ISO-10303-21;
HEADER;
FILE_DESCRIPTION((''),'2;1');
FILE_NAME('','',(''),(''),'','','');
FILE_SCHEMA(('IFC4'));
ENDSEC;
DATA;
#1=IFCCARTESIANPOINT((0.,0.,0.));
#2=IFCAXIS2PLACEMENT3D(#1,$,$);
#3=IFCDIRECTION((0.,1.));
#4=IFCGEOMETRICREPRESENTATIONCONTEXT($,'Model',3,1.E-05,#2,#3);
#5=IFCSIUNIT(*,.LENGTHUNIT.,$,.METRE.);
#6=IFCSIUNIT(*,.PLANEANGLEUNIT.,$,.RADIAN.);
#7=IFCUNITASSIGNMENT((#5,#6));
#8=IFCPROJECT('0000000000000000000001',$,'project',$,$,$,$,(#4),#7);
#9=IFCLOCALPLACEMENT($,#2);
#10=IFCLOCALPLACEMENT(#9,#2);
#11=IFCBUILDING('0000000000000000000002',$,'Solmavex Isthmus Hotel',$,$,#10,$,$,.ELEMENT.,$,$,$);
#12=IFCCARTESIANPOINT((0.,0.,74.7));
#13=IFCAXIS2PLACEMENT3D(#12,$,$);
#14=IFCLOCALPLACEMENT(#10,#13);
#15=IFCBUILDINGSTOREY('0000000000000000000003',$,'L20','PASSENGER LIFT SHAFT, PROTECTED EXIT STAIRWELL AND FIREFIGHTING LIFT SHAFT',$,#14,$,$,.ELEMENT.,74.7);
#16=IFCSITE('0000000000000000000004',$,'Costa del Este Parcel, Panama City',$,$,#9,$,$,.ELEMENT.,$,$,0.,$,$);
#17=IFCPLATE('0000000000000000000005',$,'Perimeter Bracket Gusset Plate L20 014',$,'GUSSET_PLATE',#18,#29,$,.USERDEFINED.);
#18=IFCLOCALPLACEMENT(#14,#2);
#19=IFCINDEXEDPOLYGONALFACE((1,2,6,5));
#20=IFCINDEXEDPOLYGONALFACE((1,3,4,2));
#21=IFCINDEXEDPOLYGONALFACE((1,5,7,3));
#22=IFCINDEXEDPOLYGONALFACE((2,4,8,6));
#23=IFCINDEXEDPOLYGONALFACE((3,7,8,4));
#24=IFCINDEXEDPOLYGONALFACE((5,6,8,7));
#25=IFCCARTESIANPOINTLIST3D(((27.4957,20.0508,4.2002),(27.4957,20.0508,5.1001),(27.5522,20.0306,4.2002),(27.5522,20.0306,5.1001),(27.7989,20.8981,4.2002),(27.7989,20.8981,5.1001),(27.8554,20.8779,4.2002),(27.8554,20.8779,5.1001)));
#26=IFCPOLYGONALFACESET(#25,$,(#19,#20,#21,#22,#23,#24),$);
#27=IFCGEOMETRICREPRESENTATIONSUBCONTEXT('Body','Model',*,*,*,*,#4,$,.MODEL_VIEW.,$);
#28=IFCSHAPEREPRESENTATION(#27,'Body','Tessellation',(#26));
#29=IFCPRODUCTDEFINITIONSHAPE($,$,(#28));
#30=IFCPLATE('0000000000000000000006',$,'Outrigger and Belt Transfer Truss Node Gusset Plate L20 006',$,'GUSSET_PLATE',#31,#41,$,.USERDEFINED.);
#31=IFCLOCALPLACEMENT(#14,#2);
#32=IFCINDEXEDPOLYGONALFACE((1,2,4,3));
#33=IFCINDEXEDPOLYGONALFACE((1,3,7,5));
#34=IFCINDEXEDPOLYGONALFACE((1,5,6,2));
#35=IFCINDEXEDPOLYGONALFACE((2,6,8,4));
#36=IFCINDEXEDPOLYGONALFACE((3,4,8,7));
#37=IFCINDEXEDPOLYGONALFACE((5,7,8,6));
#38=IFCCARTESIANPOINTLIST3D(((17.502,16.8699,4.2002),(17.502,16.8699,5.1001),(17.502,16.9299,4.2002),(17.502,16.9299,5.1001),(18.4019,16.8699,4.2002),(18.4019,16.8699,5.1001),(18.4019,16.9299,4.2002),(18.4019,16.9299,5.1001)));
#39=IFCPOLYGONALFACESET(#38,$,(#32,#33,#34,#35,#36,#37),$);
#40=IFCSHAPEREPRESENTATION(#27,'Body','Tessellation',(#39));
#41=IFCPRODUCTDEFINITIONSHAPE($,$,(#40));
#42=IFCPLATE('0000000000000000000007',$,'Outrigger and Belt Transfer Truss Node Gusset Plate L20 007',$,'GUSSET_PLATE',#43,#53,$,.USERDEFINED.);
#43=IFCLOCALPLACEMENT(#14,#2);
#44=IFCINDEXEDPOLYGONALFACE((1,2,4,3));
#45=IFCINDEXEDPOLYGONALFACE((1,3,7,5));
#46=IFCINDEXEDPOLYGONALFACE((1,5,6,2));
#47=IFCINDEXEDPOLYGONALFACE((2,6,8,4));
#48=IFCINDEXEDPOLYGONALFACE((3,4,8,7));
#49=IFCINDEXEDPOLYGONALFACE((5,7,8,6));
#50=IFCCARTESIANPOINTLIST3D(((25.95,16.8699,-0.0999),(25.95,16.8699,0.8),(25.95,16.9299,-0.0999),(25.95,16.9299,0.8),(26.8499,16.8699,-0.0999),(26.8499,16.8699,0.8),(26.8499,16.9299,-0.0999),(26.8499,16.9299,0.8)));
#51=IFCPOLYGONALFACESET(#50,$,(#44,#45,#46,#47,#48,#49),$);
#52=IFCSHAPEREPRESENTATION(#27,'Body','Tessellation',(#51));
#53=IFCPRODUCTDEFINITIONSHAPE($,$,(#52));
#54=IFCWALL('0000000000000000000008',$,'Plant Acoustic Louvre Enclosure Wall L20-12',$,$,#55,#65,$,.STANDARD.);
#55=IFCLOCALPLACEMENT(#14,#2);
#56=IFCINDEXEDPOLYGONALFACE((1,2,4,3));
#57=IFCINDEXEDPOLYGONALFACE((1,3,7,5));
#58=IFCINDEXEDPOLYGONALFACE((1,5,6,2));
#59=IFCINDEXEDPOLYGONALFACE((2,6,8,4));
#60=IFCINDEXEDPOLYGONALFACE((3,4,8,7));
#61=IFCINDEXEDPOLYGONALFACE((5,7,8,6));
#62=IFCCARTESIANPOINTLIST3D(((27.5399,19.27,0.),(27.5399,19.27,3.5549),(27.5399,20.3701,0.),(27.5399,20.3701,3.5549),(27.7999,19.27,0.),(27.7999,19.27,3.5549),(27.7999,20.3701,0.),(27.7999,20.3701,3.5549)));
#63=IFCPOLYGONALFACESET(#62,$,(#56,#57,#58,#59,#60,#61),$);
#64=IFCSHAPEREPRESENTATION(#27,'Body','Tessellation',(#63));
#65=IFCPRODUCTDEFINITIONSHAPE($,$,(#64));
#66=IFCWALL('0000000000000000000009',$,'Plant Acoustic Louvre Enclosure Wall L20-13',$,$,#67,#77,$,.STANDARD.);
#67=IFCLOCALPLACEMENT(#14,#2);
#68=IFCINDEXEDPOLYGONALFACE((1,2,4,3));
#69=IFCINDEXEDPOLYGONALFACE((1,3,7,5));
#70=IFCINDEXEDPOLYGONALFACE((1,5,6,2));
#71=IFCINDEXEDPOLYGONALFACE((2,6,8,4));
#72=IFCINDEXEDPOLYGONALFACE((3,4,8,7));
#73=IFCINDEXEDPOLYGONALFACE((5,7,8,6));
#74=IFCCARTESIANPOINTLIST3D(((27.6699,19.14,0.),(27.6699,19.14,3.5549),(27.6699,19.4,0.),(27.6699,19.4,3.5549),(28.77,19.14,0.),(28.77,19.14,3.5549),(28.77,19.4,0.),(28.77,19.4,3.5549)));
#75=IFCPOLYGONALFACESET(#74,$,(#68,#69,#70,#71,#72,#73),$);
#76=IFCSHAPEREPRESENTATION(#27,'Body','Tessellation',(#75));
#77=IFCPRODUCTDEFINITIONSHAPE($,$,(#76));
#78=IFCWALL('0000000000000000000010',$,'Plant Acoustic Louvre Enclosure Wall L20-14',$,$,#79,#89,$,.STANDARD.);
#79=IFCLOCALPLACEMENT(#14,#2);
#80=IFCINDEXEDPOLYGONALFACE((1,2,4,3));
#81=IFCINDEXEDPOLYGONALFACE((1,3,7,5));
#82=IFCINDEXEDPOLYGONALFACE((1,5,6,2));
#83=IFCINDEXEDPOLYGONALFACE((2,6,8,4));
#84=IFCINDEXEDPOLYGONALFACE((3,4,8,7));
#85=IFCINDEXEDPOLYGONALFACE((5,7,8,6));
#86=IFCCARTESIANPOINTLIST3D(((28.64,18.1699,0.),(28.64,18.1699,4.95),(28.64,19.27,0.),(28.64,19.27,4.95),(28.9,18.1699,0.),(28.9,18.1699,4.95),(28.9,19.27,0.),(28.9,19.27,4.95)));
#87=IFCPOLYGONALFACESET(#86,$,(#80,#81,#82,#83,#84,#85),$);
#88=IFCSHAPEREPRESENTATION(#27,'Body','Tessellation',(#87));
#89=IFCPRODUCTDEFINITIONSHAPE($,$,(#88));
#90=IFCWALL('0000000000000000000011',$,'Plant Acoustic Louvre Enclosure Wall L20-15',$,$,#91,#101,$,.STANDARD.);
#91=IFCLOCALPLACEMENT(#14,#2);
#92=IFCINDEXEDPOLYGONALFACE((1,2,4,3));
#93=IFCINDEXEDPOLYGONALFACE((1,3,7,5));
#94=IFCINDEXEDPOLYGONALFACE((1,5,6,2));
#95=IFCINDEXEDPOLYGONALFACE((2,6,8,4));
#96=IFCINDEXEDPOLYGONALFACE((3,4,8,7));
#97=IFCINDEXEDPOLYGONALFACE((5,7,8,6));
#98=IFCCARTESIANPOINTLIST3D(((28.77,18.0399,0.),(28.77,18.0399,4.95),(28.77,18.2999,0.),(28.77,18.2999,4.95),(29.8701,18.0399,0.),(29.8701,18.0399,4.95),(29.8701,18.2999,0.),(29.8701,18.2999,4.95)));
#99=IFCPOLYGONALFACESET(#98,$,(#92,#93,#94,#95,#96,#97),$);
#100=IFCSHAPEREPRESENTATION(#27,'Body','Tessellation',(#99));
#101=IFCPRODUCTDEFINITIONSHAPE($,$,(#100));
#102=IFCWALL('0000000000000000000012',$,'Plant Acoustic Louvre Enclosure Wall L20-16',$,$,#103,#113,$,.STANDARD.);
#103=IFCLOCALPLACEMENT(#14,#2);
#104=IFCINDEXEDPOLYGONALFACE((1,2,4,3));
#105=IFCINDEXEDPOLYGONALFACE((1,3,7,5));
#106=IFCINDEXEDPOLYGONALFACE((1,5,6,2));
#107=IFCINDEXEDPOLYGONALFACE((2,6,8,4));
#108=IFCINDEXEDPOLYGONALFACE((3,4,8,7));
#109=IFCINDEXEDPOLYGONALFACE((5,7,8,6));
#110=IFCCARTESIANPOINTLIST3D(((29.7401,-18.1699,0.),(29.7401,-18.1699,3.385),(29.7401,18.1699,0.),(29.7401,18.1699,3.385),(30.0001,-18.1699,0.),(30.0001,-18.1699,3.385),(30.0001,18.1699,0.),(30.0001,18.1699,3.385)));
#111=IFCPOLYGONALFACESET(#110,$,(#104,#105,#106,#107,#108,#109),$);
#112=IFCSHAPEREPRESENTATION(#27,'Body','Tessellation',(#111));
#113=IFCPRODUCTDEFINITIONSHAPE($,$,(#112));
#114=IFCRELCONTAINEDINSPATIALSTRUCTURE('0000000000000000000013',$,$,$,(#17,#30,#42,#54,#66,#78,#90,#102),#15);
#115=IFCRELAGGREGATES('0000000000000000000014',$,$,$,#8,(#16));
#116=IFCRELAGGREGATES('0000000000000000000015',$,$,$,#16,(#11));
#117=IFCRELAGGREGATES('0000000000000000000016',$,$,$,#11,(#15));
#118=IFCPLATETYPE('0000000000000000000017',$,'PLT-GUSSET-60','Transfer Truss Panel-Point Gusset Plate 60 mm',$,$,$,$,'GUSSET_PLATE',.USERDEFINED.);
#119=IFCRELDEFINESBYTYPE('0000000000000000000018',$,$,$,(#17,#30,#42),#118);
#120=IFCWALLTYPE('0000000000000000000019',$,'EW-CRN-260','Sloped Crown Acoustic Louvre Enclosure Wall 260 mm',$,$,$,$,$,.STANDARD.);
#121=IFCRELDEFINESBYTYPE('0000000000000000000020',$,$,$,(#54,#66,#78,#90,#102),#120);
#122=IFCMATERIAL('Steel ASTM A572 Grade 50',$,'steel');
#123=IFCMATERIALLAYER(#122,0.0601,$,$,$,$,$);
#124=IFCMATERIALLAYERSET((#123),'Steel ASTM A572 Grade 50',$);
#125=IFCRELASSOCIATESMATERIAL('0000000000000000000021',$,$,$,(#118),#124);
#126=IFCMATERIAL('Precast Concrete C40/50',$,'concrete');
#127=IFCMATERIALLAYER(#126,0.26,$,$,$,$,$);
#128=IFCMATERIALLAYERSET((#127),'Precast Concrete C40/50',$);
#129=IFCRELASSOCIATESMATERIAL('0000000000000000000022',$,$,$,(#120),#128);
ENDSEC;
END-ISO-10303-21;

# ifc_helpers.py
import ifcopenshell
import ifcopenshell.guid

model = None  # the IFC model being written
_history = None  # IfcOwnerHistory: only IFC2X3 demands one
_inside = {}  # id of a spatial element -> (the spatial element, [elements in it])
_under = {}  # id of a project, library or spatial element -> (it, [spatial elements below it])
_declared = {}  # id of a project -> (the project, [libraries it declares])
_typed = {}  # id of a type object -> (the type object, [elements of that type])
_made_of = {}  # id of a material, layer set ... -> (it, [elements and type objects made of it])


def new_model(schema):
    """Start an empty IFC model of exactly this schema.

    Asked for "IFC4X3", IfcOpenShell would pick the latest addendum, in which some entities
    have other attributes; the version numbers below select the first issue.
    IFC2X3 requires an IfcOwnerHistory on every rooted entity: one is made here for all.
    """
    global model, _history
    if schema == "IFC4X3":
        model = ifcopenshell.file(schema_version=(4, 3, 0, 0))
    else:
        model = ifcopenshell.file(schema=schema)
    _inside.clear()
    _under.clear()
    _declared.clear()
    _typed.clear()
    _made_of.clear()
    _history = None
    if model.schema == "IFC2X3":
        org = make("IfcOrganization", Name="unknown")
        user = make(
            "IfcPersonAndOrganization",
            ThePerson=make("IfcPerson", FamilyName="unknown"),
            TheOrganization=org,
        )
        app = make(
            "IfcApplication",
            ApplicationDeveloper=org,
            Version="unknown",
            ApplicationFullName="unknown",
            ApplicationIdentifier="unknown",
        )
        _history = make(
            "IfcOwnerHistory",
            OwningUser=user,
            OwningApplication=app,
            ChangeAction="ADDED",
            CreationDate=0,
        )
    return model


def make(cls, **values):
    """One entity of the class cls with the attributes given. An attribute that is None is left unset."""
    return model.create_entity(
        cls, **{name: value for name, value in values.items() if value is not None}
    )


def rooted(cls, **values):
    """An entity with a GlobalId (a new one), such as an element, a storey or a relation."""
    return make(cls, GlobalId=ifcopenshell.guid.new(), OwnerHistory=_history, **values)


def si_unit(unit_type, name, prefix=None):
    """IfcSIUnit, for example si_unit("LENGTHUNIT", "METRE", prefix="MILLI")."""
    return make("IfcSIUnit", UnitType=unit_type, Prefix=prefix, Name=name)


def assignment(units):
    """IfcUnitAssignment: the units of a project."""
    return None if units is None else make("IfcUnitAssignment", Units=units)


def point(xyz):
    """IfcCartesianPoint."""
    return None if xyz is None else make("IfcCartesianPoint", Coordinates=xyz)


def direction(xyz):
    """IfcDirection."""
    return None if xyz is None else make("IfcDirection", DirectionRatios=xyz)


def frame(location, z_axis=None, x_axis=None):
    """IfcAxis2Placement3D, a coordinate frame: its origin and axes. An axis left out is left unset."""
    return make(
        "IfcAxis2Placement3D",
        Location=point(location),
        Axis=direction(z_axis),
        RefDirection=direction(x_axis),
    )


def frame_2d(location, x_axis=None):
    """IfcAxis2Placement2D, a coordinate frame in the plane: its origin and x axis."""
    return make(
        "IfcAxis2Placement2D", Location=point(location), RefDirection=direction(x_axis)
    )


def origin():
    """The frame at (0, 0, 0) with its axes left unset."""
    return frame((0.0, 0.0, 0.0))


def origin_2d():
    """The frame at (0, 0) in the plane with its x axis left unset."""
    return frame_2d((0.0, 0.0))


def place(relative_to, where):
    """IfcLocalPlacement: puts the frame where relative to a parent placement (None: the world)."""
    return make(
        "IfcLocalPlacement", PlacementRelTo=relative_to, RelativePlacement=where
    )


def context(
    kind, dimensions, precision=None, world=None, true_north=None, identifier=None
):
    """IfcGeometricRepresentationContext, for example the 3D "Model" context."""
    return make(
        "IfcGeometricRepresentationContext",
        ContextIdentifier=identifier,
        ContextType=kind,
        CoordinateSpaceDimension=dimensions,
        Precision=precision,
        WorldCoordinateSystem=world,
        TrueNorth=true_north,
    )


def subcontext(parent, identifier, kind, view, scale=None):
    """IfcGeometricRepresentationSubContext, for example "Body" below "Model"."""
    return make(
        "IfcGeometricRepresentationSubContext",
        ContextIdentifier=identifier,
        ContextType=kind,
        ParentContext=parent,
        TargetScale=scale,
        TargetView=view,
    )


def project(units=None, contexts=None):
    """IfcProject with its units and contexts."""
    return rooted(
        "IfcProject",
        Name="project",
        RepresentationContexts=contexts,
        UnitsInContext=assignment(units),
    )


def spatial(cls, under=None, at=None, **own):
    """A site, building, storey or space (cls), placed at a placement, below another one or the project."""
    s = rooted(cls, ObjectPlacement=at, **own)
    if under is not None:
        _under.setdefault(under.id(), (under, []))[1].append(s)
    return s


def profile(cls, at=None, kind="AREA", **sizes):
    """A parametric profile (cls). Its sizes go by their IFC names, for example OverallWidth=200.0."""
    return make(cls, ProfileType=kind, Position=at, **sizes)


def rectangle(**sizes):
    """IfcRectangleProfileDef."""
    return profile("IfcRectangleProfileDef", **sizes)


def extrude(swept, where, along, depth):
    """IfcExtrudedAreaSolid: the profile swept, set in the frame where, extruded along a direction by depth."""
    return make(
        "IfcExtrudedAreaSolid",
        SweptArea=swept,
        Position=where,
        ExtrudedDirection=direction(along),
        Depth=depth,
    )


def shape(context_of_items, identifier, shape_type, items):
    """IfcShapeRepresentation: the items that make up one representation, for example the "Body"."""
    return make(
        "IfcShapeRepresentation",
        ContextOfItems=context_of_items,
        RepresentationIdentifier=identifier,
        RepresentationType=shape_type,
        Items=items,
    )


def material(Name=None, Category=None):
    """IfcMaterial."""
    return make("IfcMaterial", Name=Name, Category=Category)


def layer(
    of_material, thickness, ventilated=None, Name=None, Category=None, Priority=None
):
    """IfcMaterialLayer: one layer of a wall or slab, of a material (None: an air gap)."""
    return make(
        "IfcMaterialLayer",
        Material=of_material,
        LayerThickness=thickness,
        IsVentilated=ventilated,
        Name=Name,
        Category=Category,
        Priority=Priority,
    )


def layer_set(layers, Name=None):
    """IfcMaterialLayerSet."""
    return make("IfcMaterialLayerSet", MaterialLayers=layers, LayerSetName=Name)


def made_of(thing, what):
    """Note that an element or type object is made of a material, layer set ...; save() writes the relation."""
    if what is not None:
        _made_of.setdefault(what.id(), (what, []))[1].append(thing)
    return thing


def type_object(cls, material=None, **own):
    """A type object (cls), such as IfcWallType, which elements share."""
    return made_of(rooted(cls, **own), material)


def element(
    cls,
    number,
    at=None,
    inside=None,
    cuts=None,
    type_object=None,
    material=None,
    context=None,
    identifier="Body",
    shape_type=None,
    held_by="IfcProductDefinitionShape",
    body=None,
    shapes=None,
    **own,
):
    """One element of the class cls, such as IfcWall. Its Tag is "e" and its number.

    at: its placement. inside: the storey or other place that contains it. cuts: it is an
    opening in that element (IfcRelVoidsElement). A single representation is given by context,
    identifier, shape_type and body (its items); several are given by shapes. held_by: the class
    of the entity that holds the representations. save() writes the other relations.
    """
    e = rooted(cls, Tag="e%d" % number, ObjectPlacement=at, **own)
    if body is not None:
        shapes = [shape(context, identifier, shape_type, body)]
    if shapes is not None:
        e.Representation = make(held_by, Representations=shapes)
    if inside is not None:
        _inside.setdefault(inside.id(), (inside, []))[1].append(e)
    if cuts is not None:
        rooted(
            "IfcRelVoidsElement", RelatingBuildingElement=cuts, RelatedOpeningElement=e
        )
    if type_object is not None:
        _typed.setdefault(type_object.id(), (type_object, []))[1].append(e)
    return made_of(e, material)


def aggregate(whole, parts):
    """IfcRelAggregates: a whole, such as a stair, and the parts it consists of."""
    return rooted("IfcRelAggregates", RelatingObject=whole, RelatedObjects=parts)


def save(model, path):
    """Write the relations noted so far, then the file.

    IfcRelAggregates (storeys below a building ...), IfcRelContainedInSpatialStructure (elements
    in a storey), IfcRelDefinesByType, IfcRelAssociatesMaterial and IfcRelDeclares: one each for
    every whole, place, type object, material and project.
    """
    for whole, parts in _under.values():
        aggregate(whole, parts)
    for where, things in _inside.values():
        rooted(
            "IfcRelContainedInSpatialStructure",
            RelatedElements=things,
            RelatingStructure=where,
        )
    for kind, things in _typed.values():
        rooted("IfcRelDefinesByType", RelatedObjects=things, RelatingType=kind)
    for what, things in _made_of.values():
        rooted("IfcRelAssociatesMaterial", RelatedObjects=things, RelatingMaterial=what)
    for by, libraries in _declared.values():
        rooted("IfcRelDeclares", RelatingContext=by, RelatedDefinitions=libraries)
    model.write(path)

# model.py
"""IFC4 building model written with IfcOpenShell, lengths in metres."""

from ifc_helpers import new_model, si_unit, direction, frame, frame_2d, origin, origin_2d, place, context, subcontext, project, spatial, rectangle, extrude, material, layer, layer_set, type_object, element, save


model = new_model("IFC4")

# Units and contexts
model_context = context("Model", 3, precision=1e-05, world=origin(), true_north=direction((0.0, 1.0)))
body_context = subcontext(model_context, "Body", "Model", "MODEL_VIEW")
ifc_project = project(units=[si_unit("LENGTHUNIT", "METRE"), si_unit("PLANEANGLEUNIT", "RADIAN")], contexts=[model_context])

# Site, building, storey
site_placement = place(None, origin())
site = spatial("IfcSite", under=ifc_project, at=site_placement, Name="Costa del Este Parcel, Panama City", CompositionType="ELEMENT", RefElevation=0.0)
building_placement = place(site_placement, origin())
building = spatial("IfcBuilding", under=site, at=building_placement, Name="Solmavex Isthmus Hotel", CompositionType="ELEMENT")
storey_placement = place(building_placement, frame((0.0, 0.0, 74.7)))
storey = spatial("IfcBuildingStorey", under=building, at=storey_placement, Name="L20", Description="PASSENGER LIFT SHAFT, PROTECTED EXIT STAIRWELL AND FIREFIGHTING LIFT SHAFT", CompositionType="ELEMENT", Elevation=74.7)

# Plates
ifc_material_1 = material(Name="Steel ASTM A572 Grade 50", Category="steel")
ifc_layer_1 = layer(ifc_material_1, 0.0601)
ifc_layer_set_1 = layer_set([ifc_layer_1], Name="Steel ASTM A572 Grade 50")
plate_type = type_object("IfcPlateType", Name="PLT-GUSSET-60", Description="Transfer Truss Panel-Point Gusset Plate 60 mm", ElementType="GUSSET_PLATE", PredefinedType="USERDEFINED", material=ifc_layer_set_1)
for number, where, z_axis, x_axis, name in (
    (1, (27.6755, 20.4644, 4.2002), (0.0, 0.0, 1.0), (0.336915, 0.941535, 0.0), "Perimeter Bracket Gusset Plate L20 014"),
    (2, (17.9519, 16.8999, 4.2002), (0.0, 0.0, 1.0), (1.0, 0.0, 0.0), "Outrigger and Belt Transfer Truss Node Gusset Plate L20 006"),
    (3, (26.3999, 16.8999, -0.0999), (0.0, 0.0, 1.0), (1.0, 0.0, 0.0), "Outrigger and Belt Transfer Truss Node Gusset Plate L20 007"),
):
    element("IfcPlate", number, at=place(storey_placement, frame(where, z_axis=z_axis, x_axis=x_axis)), inside=storey, type_object=plate_type, Name=name, ObjectType="GUSSET_PLATE", PredefinedType="USERDEFINED", context=body_context, shape_type="SweptSolid", body=[
        extrude(rectangle(XDim=0.8999, YDim=0.0601, at=origin_2d()), origin(), (0.0, 0.0, 1.0), 0.8999),
    ])

# Walls
ifc_material_2 = material(Name="Precast Concrete C40/50", Category="concrete")
ifc_layer_2 = layer(ifc_material_2, 0.26)
ifc_layer_set_2 = layer_set([ifc_layer_2], Name="Precast Concrete C40/50")
wall_type = type_object("IfcWallType", Name="EW-CRN-260", Description="Sloped Crown Acoustic Louvre Enclosure Wall 260 mm", PredefinedType="STANDARD", material=ifc_layer_set_2)
for number, where, z_axis, x_axis, name in (
    (4, (27.6699, 20.3701, 0.0), (0.0, 0.0, 1.0), (0.0, -1.0, 0.0), "Plant Acoustic Louvre Enclosure Wall L20-12"),
    (5, (27.6699, 19.27, 0.0), (0.0, 0.0, 1.0), (1.0, 0.0, 0.0), "Plant Acoustic Louvre Enclosure Wall L20-13"),
):
    element("IfcWall", number, at=place(storey_placement, frame(where, z_axis=z_axis, x_axis=x_axis)), inside=storey, type_object=wall_type, Name=name, PredefinedType="STANDARD", context=body_context, shape_type="SweptSolid", body=[
        extrude(rectangle(XDim=1.1001, YDim=0.26, at=frame_2d((0.55, 0.0))), origin(), (0.0, 0.0, 1.0), 3.5549),
    ])
for number, where, z_axis, x_axis, name in (
    (6, (28.77, 19.27, 0.0), (0.0, 0.0, 1.0), (0.0, -1.0, 0.0), "Plant Acoustic Louvre Enclosure Wall L20-14"),
    (7, (28.77, 18.1699, 0.0), (0.0, 0.0, 1.0), (1.0, 0.0, 0.0), "Plant Acoustic Louvre Enclosure Wall L20-15"),
):
    element("IfcWall", number, at=place(storey_placement, frame(where, z_axis=z_axis, x_axis=x_axis)), inside=storey, type_object=wall_type, Name=name, PredefinedType="STANDARD", context=body_context, shape_type="SweptSolid", body=[
        extrude(rectangle(XDim=1.1001, YDim=0.26, at=frame_2d((0.55, 0.0))), origin(), (0.0, 0.0, 1.0), 4.95),
    ])
wall_placement = place(storey_placement, frame((29.8701, 18.1699, 0.0), z_axis=(0.0, 0.0, 1.0), x_axis=(0.0, -1.0, 0.0)))
element("IfcWall", 8, at=wall_placement, inside=storey, type_object=wall_type, Name="Plant Acoustic Louvre Enclosure Wall L20-16", PredefinedType="STANDARD", context=body_context, shape_type="SweptSolid", body=[
    extrude(rectangle(XDim=36.3398, YDim=0.26, at=frame_2d((18.1699, 0.0))), origin(), (0.0, 0.0, 1.0), 3.385),
])

save(model, "model.ifc")
